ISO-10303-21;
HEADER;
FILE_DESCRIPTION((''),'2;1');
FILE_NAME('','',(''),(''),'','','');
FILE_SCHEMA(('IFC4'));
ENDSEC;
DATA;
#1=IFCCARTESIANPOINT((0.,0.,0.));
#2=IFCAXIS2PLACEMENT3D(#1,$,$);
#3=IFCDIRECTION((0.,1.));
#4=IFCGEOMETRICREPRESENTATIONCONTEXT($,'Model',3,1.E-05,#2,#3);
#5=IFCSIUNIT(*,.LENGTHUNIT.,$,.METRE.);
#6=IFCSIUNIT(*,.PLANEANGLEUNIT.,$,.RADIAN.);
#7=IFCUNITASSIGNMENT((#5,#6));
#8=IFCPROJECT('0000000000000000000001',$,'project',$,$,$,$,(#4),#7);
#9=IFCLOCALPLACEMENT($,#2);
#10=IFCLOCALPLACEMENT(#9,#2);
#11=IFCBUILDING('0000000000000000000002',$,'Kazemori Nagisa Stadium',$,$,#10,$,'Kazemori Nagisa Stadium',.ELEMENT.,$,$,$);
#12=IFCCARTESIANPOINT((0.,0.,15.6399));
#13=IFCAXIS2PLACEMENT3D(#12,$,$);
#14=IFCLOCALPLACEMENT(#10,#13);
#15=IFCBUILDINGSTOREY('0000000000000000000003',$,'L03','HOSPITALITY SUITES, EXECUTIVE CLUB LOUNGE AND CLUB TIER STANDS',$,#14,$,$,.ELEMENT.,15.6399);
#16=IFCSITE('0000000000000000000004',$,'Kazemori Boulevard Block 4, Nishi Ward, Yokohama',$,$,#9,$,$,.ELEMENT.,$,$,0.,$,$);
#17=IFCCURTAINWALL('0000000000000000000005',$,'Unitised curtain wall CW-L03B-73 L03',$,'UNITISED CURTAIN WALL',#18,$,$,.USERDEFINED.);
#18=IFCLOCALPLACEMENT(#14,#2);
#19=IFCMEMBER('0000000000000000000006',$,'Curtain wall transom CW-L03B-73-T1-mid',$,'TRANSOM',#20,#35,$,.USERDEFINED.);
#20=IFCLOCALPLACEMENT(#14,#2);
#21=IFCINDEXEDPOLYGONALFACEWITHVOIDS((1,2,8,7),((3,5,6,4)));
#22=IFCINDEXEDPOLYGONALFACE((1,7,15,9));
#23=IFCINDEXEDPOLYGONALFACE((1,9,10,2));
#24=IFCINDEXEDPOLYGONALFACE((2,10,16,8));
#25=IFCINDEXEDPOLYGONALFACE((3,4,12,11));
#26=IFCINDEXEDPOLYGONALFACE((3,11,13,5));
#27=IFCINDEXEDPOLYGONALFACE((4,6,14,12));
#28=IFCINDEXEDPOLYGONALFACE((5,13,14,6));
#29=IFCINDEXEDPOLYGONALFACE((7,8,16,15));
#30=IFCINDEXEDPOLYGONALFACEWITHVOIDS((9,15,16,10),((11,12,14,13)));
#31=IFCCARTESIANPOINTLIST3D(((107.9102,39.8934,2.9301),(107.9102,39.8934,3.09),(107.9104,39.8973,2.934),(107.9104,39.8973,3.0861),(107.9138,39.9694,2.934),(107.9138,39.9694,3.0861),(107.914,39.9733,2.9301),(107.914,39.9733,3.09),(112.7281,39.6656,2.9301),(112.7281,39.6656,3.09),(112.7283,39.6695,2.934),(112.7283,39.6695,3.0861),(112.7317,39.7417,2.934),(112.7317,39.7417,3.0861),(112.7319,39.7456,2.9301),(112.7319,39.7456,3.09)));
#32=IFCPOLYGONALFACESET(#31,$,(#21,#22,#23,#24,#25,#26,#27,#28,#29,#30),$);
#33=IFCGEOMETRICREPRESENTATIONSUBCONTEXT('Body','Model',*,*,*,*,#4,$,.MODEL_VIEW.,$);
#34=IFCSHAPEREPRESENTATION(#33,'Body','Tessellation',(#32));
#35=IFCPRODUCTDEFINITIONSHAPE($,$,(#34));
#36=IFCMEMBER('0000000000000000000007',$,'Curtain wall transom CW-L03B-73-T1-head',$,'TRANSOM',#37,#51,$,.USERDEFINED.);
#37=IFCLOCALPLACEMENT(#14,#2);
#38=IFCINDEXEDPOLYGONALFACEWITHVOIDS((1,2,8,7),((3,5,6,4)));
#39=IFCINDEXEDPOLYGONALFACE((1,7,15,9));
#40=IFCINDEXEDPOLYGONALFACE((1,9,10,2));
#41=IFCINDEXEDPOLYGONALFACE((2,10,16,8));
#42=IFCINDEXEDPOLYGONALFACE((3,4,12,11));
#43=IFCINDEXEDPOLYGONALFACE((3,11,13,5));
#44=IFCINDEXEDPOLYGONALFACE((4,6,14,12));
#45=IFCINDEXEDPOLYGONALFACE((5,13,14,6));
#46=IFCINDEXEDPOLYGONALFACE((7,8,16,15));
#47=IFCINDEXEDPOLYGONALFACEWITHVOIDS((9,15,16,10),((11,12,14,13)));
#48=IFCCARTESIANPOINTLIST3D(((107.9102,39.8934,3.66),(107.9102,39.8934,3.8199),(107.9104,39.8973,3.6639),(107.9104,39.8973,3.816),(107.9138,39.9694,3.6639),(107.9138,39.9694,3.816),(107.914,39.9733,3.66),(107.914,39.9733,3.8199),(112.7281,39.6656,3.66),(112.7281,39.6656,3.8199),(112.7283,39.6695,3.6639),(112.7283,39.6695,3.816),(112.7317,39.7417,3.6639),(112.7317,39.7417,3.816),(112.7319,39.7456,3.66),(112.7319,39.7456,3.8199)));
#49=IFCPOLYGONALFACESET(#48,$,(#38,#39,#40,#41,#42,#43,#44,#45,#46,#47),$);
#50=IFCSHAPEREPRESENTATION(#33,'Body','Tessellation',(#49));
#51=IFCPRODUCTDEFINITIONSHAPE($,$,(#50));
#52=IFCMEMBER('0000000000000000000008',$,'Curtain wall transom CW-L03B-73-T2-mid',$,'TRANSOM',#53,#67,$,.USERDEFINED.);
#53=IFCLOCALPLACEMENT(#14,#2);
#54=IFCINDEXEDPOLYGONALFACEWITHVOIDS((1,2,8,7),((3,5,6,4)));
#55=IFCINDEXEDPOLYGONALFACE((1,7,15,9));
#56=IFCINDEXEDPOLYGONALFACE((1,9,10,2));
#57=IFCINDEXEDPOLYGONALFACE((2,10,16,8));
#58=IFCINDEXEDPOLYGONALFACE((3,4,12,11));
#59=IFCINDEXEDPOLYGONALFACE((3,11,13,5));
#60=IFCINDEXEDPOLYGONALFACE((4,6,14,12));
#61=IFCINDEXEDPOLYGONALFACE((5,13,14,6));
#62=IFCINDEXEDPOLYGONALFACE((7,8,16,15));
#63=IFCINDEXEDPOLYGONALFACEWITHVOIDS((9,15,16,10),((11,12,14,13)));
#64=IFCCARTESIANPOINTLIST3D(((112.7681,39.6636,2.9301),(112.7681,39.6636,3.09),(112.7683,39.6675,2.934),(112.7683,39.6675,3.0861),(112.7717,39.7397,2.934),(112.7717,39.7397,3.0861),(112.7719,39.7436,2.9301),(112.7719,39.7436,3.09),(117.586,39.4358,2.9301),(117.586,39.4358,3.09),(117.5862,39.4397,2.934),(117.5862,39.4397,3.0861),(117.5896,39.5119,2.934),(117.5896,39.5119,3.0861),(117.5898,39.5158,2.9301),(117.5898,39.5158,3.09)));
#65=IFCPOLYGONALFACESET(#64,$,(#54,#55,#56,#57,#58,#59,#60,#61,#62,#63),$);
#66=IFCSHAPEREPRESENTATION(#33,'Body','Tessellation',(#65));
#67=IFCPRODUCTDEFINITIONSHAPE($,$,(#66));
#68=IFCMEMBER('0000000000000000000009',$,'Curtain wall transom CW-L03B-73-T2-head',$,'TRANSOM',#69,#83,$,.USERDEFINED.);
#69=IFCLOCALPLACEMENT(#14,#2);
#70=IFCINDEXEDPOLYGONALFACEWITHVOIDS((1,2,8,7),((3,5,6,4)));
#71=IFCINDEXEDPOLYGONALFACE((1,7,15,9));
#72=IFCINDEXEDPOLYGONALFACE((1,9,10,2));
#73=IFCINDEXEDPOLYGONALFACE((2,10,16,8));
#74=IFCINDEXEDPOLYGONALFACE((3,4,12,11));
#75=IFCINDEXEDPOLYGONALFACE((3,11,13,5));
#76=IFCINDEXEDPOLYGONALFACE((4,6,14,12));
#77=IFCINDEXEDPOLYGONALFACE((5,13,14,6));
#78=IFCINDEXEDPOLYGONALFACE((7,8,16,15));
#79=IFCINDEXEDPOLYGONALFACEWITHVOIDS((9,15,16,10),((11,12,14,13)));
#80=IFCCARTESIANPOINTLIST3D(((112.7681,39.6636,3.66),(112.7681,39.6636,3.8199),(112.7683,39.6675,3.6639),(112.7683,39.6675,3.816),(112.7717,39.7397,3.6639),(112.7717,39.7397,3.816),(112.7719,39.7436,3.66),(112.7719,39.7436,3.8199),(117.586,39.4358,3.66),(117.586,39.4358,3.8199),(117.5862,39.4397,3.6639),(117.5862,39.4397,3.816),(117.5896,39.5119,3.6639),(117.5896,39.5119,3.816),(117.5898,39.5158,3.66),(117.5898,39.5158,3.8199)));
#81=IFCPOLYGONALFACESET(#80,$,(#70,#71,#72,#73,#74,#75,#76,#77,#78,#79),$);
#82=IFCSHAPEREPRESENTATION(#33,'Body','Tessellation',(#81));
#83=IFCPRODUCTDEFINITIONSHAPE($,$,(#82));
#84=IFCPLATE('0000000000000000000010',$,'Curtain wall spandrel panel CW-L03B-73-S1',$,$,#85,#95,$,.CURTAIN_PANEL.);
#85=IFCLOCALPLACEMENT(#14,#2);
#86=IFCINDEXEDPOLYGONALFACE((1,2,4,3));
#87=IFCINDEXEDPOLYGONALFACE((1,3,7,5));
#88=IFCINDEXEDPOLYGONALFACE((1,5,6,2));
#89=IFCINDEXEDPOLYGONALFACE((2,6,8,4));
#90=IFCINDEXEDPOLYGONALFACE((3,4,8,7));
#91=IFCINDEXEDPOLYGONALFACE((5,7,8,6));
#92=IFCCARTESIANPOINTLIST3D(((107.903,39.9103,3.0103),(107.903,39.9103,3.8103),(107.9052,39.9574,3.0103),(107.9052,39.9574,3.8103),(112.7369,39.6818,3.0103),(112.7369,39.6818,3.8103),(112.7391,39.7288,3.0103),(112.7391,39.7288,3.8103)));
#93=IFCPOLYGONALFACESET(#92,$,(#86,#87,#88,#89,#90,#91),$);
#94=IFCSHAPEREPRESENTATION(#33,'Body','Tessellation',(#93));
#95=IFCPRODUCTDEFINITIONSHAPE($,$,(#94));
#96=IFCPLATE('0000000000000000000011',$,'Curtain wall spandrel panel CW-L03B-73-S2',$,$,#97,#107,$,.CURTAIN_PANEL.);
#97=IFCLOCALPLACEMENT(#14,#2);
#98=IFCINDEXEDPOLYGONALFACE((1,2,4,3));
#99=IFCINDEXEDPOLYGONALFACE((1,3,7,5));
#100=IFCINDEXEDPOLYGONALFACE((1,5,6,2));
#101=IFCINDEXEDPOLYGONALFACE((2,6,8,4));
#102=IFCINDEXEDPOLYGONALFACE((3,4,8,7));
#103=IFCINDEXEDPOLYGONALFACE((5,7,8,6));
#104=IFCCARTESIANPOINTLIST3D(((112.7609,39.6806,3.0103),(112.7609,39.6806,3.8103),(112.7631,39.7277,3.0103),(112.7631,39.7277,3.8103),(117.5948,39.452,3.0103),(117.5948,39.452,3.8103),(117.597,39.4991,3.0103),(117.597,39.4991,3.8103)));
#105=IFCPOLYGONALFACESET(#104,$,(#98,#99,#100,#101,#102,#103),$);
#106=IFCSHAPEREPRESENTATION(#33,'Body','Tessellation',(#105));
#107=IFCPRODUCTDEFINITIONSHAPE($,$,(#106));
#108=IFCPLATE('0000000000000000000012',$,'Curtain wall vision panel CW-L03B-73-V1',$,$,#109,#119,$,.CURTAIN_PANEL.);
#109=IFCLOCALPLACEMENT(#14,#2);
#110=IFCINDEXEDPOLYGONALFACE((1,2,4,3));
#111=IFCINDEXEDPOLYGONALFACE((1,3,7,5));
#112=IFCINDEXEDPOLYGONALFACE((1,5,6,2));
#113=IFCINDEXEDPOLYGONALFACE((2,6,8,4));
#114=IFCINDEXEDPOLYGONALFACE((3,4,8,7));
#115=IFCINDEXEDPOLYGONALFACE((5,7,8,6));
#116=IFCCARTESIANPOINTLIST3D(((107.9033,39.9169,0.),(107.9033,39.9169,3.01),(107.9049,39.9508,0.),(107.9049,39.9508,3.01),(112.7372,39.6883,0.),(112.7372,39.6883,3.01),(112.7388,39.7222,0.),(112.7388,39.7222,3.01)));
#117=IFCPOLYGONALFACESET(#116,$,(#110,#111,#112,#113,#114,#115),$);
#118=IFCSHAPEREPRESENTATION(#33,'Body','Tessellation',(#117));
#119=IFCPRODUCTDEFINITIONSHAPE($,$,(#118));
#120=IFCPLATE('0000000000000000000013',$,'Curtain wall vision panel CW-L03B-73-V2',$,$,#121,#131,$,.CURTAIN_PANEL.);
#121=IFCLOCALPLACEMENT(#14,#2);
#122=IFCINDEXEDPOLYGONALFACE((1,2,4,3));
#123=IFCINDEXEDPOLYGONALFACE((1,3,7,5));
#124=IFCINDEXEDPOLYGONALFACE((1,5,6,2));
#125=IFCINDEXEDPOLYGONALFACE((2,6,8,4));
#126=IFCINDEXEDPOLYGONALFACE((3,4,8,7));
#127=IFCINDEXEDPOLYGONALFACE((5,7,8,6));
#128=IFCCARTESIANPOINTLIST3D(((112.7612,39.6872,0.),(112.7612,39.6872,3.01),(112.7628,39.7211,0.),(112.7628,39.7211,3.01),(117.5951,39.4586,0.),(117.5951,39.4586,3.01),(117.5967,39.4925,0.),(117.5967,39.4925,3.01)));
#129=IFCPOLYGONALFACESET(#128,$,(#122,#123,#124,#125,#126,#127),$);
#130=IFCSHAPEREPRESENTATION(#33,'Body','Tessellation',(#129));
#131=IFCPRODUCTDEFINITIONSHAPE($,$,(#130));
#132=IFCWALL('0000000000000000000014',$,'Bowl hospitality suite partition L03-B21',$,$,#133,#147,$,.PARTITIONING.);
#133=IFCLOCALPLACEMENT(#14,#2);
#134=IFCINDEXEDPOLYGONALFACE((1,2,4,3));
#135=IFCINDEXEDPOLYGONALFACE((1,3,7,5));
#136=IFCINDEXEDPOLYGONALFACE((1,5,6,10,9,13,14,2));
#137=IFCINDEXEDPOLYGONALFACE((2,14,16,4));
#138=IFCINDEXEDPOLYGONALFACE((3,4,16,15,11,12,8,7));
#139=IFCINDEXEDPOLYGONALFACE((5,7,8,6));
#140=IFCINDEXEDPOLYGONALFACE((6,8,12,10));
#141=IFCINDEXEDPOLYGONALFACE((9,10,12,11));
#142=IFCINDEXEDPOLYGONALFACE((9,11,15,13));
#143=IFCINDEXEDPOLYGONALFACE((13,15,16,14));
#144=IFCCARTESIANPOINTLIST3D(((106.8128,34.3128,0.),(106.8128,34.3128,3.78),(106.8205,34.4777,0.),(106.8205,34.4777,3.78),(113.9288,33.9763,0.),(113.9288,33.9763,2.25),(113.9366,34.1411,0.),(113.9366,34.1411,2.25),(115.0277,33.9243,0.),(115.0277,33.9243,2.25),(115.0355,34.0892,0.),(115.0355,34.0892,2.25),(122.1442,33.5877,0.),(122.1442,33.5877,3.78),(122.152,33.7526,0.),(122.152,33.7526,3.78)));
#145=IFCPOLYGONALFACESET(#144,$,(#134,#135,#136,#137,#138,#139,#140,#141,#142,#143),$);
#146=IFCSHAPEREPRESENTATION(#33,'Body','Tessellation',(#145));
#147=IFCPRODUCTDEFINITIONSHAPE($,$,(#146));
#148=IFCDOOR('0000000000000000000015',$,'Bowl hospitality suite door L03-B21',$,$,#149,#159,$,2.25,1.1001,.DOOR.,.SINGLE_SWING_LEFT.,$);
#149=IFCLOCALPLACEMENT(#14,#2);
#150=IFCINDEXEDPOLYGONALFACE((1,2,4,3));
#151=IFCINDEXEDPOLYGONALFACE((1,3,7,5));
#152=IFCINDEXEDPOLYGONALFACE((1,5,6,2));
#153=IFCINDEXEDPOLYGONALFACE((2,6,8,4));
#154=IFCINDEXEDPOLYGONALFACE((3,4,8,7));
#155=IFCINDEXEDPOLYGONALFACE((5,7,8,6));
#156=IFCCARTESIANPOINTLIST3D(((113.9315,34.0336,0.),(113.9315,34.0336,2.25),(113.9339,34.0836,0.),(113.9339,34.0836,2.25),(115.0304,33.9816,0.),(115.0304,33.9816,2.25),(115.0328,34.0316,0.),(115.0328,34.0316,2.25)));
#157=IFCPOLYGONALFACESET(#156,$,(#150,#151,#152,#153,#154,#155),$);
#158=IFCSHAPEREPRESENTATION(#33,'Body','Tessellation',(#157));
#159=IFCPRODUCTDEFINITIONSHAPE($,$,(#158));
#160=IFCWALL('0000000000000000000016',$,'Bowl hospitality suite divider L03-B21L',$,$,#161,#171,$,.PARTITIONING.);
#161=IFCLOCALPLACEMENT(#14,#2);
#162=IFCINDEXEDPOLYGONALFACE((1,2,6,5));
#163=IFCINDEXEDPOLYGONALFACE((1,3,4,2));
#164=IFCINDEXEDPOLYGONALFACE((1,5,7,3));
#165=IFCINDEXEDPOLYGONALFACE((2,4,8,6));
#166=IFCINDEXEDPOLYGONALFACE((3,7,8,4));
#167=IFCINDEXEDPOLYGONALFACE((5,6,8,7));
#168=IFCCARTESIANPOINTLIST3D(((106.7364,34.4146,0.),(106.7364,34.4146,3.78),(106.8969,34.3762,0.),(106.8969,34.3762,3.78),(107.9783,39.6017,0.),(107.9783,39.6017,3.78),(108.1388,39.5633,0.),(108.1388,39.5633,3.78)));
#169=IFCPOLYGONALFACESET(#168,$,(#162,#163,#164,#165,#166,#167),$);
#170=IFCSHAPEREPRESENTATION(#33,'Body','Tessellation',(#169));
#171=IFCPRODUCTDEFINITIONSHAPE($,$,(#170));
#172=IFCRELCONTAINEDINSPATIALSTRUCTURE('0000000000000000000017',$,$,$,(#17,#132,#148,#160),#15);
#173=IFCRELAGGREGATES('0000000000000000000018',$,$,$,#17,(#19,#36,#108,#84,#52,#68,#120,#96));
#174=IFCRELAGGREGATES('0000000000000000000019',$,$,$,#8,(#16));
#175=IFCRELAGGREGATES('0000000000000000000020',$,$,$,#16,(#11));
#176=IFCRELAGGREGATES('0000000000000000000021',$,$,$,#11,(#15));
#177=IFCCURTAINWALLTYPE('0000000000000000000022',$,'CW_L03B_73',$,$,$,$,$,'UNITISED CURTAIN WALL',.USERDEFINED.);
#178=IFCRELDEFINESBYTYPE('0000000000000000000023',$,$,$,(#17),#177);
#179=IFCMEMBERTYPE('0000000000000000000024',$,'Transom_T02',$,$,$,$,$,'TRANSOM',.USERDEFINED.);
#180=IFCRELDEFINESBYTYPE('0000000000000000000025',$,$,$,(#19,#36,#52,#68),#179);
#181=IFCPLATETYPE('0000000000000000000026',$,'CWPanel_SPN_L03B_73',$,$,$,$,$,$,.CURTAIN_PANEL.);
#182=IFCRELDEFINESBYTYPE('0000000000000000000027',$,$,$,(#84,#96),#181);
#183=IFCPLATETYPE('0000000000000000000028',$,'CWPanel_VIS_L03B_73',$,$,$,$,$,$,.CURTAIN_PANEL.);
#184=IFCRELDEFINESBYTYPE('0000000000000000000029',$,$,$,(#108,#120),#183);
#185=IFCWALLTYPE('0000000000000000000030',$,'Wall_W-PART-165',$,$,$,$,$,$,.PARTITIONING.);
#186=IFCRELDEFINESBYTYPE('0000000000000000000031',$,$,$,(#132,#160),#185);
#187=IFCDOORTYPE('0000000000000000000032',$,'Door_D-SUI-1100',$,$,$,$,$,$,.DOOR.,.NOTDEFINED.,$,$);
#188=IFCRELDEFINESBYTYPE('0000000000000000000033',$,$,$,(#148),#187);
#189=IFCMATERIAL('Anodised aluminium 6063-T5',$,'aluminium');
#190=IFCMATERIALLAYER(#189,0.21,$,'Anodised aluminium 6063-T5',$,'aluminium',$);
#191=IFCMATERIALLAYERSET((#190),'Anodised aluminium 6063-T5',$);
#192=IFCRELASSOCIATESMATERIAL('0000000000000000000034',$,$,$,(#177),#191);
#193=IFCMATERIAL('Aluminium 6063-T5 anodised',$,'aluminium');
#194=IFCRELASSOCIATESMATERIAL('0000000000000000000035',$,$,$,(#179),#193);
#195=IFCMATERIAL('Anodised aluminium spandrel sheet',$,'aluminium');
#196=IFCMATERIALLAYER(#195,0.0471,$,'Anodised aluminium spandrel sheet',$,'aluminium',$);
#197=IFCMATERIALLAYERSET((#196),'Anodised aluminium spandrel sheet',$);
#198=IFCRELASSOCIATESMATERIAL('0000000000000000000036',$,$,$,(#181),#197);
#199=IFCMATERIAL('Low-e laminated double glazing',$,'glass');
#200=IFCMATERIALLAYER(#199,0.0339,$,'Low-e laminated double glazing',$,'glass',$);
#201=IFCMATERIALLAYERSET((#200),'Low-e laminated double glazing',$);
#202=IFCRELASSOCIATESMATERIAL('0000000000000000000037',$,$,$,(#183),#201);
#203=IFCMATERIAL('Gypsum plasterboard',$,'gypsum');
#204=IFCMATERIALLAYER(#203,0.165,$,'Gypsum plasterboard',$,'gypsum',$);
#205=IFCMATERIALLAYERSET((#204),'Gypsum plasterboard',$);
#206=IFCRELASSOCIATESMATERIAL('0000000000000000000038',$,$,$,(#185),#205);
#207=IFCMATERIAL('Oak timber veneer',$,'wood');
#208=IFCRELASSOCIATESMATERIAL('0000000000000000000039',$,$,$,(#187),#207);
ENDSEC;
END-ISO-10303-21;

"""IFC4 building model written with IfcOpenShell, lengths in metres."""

from ifc_helpers import new_model, si_unit, direction, frame, frame_2d, origin, origin_2d, place, context, subcontext, project, spatial, rectangle, hollow_rectangle, extrude, material, layer, layer_set, material_profile, profile_set, type_object, element, fill, aggregate, save


model = new_model("IFC4")

# Units and contexts
model_context = context("Model", 3, precision=1e-05, world=origin(), true_north=direction((0.0, 1.0)))
body_context = subcontext(model_context, "Body", "Model", "MODEL_VIEW")
ifc_project = project(units=[si_unit("LENGTHUNIT", "METRE"), si_unit("PLANEANGLEUNIT", "RADIAN")], contexts=[model_context])

# Site, building, storey
site_placement = place(None, origin())
site = spatial("IfcSite", under=ifc_project, at=site_placement, Name="Kazemori Boulevard Block 4, Nishi Ward, Yokohama", CompositionType="ELEMENT", RefElevation=0.0)
building_placement = place(site_placement, origin())
building = spatial("IfcBuilding", under=site, at=building_placement, Name="Kazemori Nagisa Stadium", LongName="Kazemori Nagisa Stadium", CompositionType="ELEMENT")
storey_placement = place(building_placement, frame((0.0, 0.0, 15.6399)))
storey = spatial("IfcBuildingStorey", under=building, at=storey_placement, Name="L03", Description="HOSPITALITY SUITES, EXECUTIVE CLUB LOUNGE AND CLUB TIER STANDS", CompositionType="ELEMENT", Elevation=15.6399)

# Shared definitions
ifc_material_1 = material(Name="Anodised aluminium 6063-T5", Category="aluminium")
ifc_material_2 = material(Name="Aluminium 6063-T5 anodised", Category="aluminium")

# Curtain wall, members, plates
ifc_layer_1 = layer(ifc_material_1, 0.21, Name="Anodised aluminium 6063-T5", Category="aluminium")
ifc_layer_set_1 = layer_set([ifc_layer_1], Name="Anodised aluminium 6063-T5")
curtain_wall_type_1 = type_object("IfcCurtainWallType", Name="CW_L03B_73", ElementType="UNITISED CURTAIN WALL", PredefinedType="USERDEFINED", material=ifc_layer_set_1)
curtain_wall_1_placement = place(storey_placement, origin())
curtain_wall_1 = element("IfcCurtainWall", 1, at=curtain_wall_1_placement, inside=storey, type_object=curtain_wall_type_1, Name="Unitised curtain wall CW-L03B-73 L03", ObjectType="UNITISED CURTAIN WALL", PredefinedType="USERDEFINED")
ifc_material_profile_1 = material_profile(ifc_material_2, hollow_rectangle(XDim=0.0801, YDim=0.1599, WallThickness=0.0039, at=origin_2d()), Name="ALU-TRAN-80x160x4")
ifc_profile_set_1 = profile_set([ifc_material_profile_1], Name="Aluminium 6063-T5 anodised")
member_type_1 = type_object("IfcMemberType", Name="Transom_T02", ElementType="TRANSOM", PredefinedType="USERDEFINED", material=ifc_profile_set_1)
member_1_placement = place(storey_placement, frame((107.9121, 39.9333, 3.01), z_axis=(0.998884, -0.047226, 0.0), x_axis=(0.047226, 0.998884, 0.0)))
member_1 = element("IfcMember", 2, at=member_1_placement, type_object=member_type_1, Name="Curtain wall transom CW-L03B-73-T1-mid", ObjectType="TRANSOM", PredefinedType="USERDEFINED", context=body_context, shape_type="SweptSolid", body=[
    extrude(hollow_rectangle(XDim=0.0801, YDim=0.1599, WallThickness=0.0039, at=origin_2d()), origin(), (0.0, 0.0, 1.0), 4.8232),
])
member_2_placement = place(storey_placement, frame((107.9121, 39.9333, 3.74), z_axis=(0.998884, -0.047226, 0.0), x_axis=(0.047226, 0.998884, 0.0)))
member_2 = element("IfcMember", 3, at=member_2_placement, type_object=member_type_1, Name="Curtain wall transom CW-L03B-73-T1-head", ObjectType="TRANSOM", PredefinedType="USERDEFINED", context=body_context, shape_type="SweptSolid", body=[
    extrude(hollow_rectangle(XDim=0.0801, YDim=0.1599, WallThickness=0.0039, at=origin_2d()), origin(), (0.0, 0.0, 1.0), 4.8232),
])
member_3_placement = place(storey_placement, frame((112.77, 39.7036, 3.01), z_axis=(0.998884, -0.047226, 0.0), x_axis=(0.047226, 0.998884, 0.0)))
member_3 = element("IfcMember", 4, at=member_3_placement, type_object=member_type_1, Name="Curtain wall transom CW-L03B-73-T2-mid", ObjectType="TRANSOM", PredefinedType="USERDEFINED", context=body_context, shape_type="SweptSolid", body=[
    extrude(hollow_rectangle(XDim=0.0801, YDim=0.1599, WallThickness=0.0039, at=origin_2d()), origin(), (0.0, 0.0, 1.0), 4.8232),
])
member_4_placement = place(storey_placement, frame((112.77, 39.7036, 3.74), z_axis=(0.998884, -0.047226, 0.0), x_axis=(0.047226, 0.998884, 0.0)))
member_4 = element("IfcMember", 5, at=member_4_placement, type_object=member_type_1, Name="Curtain wall transom CW-L03B-73-T2-head", ObjectType="TRANSOM", PredefinedType="USERDEFINED", context=body_context, shape_type="SweptSolid", body=[
    extrude(hollow_rectangle(XDim=0.0801, YDim=0.1599, WallThickness=0.0039, at=origin_2d()), origin(), (0.0, 0.0, 1.0), 4.8232),
])
ifc_material_3 = material(Name="Anodised aluminium spandrel sheet", Category="aluminium")
ifc_layer_2 = layer(ifc_material_3, 0.0471, Name="Anodised aluminium spandrel sheet", Category="aluminium")
ifc_layer_set_2 = layer_set([ifc_layer_2], Name="Anodised aluminium spandrel sheet")
plate_type_1 = type_object("IfcPlateType", Name="CWPanel_SPN_L03B_73", PredefinedType="CURTAIN_PANEL", material=ifc_layer_set_2)
plate_1_placement = place(storey_placement, frame((110.321, 39.8196, 3.0103), z_axis=(0.0, 0.0, 1.0), x_axis=(0.998884, -0.04723, 0.0)))
plate_1 = element("IfcPlate", 6, at=plate_1_placement, type_object=plate_type_1, Name="Curtain wall spandrel panel CW-L03B-73-S1", PredefinedType="CURTAIN_PANEL", context=body_context, shape_type="SweptSolid", body=[
    extrude(rectangle(XDim=4.8394, YDim=0.0471, at=origin_2d()), origin(), (0.0, 0.0, 1.0), 0.8),
])
plate_2_placement = place(storey_placement, frame((115.179, 39.5898, 3.0103), z_axis=(0.0, 0.0, 1.0), x_axis=(0.998884, -0.04723, 0.0)))
plate_2 = element("IfcPlate", 7, at=plate_2_placement, type_object=plate_type_1, Name="Curtain wall spandrel panel CW-L03B-73-S2", PredefinedType="CURTAIN_PANEL", context=body_context, shape_type="SweptSolid", body=[
    extrude(rectangle(XDim=4.8394, YDim=0.0471, at=origin_2d()), origin(), (0.0, 0.0, 1.0), 0.8),
])
ifc_material_4 = material(Name="Low-e laminated double glazing", Category="glass")
ifc_layer_3 = layer(ifc_material_4, 0.0339, Name="Low-e laminated double glazing", Category="glass")
ifc_layer_set_3 = layer_set([ifc_layer_3], Name="Low-e laminated double glazing")
plate_type_2 = type_object("IfcPlateType", Name="CWPanel_VIS_L03B_73", PredefinedType="CURTAIN_PANEL", material=ifc_layer_set_3)
plate_3_placement = place(storey_placement, frame((110.321, 39.8196, 0.0), z_axis=(0.0, 0.0, 1.0), x_axis=(0.998884, -0.04723, 0.0)))
plate_3 = element("IfcPlate", 8, at=plate_3_placement, type_object=plate_type_2, Name="Curtain wall vision panel CW-L03B-73-V1", PredefinedType="CURTAIN_PANEL", context=body_context, shape_type="SweptSolid", body=[
    extrude(rectangle(XDim=4.8394, YDim=0.0339, at=origin_2d()), origin(), (0.0, 0.0, 1.0), 3.01),
])
plate_4_placement = place(storey_placement, frame((115.179, 39.5898, 0.0), z_axis=(0.0, 0.0, 1.0), x_axis=(0.998884, -0.04723, 0.0)))
plate_4 = element("IfcPlate", 9, at=plate_4_placement, type_object=plate_type_2, Name="Curtain wall vision panel CW-L03B-73-V2", PredefinedType="CURTAIN_PANEL", context=body_context, shape_type="SweptSolid", body=[
    extrude(rectangle(XDim=4.8394, YDim=0.0339, at=origin_2d()), origin(), (0.0, 0.0, 1.0), 3.01),
])
aggregate(curtain_wall_1, [member_1, member_2, plate_3, plate_1, member_3, member_4, plate_4, plate_2])

# Wall, opening, door
ifc_material_5 = material(Name="Gypsum plasterboard", Category="gypsum")
ifc_layer_4 = layer(ifc_material_5, 0.165, Name="Gypsum plasterboard", Category="gypsum")
ifc_layer_set_4 = layer_set([ifc_layer_4], Name="Gypsum plasterboard")
wall_type = type_object("IfcWallType", Name="Wall_W-PART-165", PredefinedType="PARTITIONING", material=ifc_layer_set_4)
wall_1_placement = place(storey_placement, frame((106.8167, 34.3953, 0.0), z_axis=(0.0, 0.0, 1.0), x_axis=(0.998883, -0.047242, 0.0)))
wall_1 = element("IfcWall", 10, at=wall_1_placement, inside=storey, type_object=wall_type, Name="Bowl hospitality suite partition L03-B21", PredefinedType="PARTITIONING", context=body_context, shape_type="SweptSolid", body=[
    extrude(rectangle(XDim=15.3486, YDim=0.165, at=frame_2d((7.6743, 0.0))), origin(), (0.0, 0.0, 1.0), 3.78),
])
opening_placement = place(wall_1_placement, frame((7.124, 0.0, 0.0)))
opening = element("IfcOpeningElement", 11, at=opening_placement, cuts=wall_1, PredefinedType="OPENING", context=body_context, shape_type="SweptSolid", body=[
    extrude(rectangle(XDim=1.1001, YDim=2.25, at=frame_2d((0.55, 1.125))), frame((0.0, 0.0925, 0.0), z_axis=(0.0, -1.0, 0.0), x_axis=(1.0, 0.0, 0.0)), (0.0, 0.0, 1.0), 0.1851),
])
ifc_material_6 = material(Name="Oak timber veneer", Category="wood")
door_type = type_object("IfcDoorType", Name="Door_D-SUI-1100", OperationType="NOTDEFINED", PredefinedType="DOOR", material=ifc_material_6)
door_placement = place(opening_placement, origin())
door = element("IfcDoor", 12, at=door_placement, inside=storey, type_object=door_type, Name="Bowl hospitality suite door L03-B21", OperationType="SINGLE_SWING_LEFT", OverallHeight=2.25, OverallWidth=1.1001, PredefinedType="DOOR", context=body_context, shape_type="SweptSolid", body=[
    extrude(rectangle(XDim=1.1001, YDim=2.25, at=frame_2d((0.55, 1.125))), frame((0.0, 0.0249, 0.0), z_axis=(0.0, -1.0, 0.0), x_axis=(1.0, 0.0, 0.0)), (0.0, 0.0, 1.0), 0.05),
])
fill(opening, door)

# Wall
wall_2_placement = place(storey_placement, frame((106.8167, 34.3953, 0.0), z_axis=(0.0, 0.0, 1.0), x_axis=(0.232841, 0.972515, 0.0)))
element("IfcWall", 13, at=wall_2_placement, inside=storey, type_object=wall_type, Name="Bowl hospitality suite divider L03-B21L", PredefinedType="PARTITIONING", context=body_context, shape_type="SweptSolid", body=[
    extrude(rectangle(XDim=5.3337, YDim=0.165, at=frame_2d((2.667, 0.0))), origin(), (0.0, 0.0, 1.0), 3.78),
])

save(model, "model.ifc")
